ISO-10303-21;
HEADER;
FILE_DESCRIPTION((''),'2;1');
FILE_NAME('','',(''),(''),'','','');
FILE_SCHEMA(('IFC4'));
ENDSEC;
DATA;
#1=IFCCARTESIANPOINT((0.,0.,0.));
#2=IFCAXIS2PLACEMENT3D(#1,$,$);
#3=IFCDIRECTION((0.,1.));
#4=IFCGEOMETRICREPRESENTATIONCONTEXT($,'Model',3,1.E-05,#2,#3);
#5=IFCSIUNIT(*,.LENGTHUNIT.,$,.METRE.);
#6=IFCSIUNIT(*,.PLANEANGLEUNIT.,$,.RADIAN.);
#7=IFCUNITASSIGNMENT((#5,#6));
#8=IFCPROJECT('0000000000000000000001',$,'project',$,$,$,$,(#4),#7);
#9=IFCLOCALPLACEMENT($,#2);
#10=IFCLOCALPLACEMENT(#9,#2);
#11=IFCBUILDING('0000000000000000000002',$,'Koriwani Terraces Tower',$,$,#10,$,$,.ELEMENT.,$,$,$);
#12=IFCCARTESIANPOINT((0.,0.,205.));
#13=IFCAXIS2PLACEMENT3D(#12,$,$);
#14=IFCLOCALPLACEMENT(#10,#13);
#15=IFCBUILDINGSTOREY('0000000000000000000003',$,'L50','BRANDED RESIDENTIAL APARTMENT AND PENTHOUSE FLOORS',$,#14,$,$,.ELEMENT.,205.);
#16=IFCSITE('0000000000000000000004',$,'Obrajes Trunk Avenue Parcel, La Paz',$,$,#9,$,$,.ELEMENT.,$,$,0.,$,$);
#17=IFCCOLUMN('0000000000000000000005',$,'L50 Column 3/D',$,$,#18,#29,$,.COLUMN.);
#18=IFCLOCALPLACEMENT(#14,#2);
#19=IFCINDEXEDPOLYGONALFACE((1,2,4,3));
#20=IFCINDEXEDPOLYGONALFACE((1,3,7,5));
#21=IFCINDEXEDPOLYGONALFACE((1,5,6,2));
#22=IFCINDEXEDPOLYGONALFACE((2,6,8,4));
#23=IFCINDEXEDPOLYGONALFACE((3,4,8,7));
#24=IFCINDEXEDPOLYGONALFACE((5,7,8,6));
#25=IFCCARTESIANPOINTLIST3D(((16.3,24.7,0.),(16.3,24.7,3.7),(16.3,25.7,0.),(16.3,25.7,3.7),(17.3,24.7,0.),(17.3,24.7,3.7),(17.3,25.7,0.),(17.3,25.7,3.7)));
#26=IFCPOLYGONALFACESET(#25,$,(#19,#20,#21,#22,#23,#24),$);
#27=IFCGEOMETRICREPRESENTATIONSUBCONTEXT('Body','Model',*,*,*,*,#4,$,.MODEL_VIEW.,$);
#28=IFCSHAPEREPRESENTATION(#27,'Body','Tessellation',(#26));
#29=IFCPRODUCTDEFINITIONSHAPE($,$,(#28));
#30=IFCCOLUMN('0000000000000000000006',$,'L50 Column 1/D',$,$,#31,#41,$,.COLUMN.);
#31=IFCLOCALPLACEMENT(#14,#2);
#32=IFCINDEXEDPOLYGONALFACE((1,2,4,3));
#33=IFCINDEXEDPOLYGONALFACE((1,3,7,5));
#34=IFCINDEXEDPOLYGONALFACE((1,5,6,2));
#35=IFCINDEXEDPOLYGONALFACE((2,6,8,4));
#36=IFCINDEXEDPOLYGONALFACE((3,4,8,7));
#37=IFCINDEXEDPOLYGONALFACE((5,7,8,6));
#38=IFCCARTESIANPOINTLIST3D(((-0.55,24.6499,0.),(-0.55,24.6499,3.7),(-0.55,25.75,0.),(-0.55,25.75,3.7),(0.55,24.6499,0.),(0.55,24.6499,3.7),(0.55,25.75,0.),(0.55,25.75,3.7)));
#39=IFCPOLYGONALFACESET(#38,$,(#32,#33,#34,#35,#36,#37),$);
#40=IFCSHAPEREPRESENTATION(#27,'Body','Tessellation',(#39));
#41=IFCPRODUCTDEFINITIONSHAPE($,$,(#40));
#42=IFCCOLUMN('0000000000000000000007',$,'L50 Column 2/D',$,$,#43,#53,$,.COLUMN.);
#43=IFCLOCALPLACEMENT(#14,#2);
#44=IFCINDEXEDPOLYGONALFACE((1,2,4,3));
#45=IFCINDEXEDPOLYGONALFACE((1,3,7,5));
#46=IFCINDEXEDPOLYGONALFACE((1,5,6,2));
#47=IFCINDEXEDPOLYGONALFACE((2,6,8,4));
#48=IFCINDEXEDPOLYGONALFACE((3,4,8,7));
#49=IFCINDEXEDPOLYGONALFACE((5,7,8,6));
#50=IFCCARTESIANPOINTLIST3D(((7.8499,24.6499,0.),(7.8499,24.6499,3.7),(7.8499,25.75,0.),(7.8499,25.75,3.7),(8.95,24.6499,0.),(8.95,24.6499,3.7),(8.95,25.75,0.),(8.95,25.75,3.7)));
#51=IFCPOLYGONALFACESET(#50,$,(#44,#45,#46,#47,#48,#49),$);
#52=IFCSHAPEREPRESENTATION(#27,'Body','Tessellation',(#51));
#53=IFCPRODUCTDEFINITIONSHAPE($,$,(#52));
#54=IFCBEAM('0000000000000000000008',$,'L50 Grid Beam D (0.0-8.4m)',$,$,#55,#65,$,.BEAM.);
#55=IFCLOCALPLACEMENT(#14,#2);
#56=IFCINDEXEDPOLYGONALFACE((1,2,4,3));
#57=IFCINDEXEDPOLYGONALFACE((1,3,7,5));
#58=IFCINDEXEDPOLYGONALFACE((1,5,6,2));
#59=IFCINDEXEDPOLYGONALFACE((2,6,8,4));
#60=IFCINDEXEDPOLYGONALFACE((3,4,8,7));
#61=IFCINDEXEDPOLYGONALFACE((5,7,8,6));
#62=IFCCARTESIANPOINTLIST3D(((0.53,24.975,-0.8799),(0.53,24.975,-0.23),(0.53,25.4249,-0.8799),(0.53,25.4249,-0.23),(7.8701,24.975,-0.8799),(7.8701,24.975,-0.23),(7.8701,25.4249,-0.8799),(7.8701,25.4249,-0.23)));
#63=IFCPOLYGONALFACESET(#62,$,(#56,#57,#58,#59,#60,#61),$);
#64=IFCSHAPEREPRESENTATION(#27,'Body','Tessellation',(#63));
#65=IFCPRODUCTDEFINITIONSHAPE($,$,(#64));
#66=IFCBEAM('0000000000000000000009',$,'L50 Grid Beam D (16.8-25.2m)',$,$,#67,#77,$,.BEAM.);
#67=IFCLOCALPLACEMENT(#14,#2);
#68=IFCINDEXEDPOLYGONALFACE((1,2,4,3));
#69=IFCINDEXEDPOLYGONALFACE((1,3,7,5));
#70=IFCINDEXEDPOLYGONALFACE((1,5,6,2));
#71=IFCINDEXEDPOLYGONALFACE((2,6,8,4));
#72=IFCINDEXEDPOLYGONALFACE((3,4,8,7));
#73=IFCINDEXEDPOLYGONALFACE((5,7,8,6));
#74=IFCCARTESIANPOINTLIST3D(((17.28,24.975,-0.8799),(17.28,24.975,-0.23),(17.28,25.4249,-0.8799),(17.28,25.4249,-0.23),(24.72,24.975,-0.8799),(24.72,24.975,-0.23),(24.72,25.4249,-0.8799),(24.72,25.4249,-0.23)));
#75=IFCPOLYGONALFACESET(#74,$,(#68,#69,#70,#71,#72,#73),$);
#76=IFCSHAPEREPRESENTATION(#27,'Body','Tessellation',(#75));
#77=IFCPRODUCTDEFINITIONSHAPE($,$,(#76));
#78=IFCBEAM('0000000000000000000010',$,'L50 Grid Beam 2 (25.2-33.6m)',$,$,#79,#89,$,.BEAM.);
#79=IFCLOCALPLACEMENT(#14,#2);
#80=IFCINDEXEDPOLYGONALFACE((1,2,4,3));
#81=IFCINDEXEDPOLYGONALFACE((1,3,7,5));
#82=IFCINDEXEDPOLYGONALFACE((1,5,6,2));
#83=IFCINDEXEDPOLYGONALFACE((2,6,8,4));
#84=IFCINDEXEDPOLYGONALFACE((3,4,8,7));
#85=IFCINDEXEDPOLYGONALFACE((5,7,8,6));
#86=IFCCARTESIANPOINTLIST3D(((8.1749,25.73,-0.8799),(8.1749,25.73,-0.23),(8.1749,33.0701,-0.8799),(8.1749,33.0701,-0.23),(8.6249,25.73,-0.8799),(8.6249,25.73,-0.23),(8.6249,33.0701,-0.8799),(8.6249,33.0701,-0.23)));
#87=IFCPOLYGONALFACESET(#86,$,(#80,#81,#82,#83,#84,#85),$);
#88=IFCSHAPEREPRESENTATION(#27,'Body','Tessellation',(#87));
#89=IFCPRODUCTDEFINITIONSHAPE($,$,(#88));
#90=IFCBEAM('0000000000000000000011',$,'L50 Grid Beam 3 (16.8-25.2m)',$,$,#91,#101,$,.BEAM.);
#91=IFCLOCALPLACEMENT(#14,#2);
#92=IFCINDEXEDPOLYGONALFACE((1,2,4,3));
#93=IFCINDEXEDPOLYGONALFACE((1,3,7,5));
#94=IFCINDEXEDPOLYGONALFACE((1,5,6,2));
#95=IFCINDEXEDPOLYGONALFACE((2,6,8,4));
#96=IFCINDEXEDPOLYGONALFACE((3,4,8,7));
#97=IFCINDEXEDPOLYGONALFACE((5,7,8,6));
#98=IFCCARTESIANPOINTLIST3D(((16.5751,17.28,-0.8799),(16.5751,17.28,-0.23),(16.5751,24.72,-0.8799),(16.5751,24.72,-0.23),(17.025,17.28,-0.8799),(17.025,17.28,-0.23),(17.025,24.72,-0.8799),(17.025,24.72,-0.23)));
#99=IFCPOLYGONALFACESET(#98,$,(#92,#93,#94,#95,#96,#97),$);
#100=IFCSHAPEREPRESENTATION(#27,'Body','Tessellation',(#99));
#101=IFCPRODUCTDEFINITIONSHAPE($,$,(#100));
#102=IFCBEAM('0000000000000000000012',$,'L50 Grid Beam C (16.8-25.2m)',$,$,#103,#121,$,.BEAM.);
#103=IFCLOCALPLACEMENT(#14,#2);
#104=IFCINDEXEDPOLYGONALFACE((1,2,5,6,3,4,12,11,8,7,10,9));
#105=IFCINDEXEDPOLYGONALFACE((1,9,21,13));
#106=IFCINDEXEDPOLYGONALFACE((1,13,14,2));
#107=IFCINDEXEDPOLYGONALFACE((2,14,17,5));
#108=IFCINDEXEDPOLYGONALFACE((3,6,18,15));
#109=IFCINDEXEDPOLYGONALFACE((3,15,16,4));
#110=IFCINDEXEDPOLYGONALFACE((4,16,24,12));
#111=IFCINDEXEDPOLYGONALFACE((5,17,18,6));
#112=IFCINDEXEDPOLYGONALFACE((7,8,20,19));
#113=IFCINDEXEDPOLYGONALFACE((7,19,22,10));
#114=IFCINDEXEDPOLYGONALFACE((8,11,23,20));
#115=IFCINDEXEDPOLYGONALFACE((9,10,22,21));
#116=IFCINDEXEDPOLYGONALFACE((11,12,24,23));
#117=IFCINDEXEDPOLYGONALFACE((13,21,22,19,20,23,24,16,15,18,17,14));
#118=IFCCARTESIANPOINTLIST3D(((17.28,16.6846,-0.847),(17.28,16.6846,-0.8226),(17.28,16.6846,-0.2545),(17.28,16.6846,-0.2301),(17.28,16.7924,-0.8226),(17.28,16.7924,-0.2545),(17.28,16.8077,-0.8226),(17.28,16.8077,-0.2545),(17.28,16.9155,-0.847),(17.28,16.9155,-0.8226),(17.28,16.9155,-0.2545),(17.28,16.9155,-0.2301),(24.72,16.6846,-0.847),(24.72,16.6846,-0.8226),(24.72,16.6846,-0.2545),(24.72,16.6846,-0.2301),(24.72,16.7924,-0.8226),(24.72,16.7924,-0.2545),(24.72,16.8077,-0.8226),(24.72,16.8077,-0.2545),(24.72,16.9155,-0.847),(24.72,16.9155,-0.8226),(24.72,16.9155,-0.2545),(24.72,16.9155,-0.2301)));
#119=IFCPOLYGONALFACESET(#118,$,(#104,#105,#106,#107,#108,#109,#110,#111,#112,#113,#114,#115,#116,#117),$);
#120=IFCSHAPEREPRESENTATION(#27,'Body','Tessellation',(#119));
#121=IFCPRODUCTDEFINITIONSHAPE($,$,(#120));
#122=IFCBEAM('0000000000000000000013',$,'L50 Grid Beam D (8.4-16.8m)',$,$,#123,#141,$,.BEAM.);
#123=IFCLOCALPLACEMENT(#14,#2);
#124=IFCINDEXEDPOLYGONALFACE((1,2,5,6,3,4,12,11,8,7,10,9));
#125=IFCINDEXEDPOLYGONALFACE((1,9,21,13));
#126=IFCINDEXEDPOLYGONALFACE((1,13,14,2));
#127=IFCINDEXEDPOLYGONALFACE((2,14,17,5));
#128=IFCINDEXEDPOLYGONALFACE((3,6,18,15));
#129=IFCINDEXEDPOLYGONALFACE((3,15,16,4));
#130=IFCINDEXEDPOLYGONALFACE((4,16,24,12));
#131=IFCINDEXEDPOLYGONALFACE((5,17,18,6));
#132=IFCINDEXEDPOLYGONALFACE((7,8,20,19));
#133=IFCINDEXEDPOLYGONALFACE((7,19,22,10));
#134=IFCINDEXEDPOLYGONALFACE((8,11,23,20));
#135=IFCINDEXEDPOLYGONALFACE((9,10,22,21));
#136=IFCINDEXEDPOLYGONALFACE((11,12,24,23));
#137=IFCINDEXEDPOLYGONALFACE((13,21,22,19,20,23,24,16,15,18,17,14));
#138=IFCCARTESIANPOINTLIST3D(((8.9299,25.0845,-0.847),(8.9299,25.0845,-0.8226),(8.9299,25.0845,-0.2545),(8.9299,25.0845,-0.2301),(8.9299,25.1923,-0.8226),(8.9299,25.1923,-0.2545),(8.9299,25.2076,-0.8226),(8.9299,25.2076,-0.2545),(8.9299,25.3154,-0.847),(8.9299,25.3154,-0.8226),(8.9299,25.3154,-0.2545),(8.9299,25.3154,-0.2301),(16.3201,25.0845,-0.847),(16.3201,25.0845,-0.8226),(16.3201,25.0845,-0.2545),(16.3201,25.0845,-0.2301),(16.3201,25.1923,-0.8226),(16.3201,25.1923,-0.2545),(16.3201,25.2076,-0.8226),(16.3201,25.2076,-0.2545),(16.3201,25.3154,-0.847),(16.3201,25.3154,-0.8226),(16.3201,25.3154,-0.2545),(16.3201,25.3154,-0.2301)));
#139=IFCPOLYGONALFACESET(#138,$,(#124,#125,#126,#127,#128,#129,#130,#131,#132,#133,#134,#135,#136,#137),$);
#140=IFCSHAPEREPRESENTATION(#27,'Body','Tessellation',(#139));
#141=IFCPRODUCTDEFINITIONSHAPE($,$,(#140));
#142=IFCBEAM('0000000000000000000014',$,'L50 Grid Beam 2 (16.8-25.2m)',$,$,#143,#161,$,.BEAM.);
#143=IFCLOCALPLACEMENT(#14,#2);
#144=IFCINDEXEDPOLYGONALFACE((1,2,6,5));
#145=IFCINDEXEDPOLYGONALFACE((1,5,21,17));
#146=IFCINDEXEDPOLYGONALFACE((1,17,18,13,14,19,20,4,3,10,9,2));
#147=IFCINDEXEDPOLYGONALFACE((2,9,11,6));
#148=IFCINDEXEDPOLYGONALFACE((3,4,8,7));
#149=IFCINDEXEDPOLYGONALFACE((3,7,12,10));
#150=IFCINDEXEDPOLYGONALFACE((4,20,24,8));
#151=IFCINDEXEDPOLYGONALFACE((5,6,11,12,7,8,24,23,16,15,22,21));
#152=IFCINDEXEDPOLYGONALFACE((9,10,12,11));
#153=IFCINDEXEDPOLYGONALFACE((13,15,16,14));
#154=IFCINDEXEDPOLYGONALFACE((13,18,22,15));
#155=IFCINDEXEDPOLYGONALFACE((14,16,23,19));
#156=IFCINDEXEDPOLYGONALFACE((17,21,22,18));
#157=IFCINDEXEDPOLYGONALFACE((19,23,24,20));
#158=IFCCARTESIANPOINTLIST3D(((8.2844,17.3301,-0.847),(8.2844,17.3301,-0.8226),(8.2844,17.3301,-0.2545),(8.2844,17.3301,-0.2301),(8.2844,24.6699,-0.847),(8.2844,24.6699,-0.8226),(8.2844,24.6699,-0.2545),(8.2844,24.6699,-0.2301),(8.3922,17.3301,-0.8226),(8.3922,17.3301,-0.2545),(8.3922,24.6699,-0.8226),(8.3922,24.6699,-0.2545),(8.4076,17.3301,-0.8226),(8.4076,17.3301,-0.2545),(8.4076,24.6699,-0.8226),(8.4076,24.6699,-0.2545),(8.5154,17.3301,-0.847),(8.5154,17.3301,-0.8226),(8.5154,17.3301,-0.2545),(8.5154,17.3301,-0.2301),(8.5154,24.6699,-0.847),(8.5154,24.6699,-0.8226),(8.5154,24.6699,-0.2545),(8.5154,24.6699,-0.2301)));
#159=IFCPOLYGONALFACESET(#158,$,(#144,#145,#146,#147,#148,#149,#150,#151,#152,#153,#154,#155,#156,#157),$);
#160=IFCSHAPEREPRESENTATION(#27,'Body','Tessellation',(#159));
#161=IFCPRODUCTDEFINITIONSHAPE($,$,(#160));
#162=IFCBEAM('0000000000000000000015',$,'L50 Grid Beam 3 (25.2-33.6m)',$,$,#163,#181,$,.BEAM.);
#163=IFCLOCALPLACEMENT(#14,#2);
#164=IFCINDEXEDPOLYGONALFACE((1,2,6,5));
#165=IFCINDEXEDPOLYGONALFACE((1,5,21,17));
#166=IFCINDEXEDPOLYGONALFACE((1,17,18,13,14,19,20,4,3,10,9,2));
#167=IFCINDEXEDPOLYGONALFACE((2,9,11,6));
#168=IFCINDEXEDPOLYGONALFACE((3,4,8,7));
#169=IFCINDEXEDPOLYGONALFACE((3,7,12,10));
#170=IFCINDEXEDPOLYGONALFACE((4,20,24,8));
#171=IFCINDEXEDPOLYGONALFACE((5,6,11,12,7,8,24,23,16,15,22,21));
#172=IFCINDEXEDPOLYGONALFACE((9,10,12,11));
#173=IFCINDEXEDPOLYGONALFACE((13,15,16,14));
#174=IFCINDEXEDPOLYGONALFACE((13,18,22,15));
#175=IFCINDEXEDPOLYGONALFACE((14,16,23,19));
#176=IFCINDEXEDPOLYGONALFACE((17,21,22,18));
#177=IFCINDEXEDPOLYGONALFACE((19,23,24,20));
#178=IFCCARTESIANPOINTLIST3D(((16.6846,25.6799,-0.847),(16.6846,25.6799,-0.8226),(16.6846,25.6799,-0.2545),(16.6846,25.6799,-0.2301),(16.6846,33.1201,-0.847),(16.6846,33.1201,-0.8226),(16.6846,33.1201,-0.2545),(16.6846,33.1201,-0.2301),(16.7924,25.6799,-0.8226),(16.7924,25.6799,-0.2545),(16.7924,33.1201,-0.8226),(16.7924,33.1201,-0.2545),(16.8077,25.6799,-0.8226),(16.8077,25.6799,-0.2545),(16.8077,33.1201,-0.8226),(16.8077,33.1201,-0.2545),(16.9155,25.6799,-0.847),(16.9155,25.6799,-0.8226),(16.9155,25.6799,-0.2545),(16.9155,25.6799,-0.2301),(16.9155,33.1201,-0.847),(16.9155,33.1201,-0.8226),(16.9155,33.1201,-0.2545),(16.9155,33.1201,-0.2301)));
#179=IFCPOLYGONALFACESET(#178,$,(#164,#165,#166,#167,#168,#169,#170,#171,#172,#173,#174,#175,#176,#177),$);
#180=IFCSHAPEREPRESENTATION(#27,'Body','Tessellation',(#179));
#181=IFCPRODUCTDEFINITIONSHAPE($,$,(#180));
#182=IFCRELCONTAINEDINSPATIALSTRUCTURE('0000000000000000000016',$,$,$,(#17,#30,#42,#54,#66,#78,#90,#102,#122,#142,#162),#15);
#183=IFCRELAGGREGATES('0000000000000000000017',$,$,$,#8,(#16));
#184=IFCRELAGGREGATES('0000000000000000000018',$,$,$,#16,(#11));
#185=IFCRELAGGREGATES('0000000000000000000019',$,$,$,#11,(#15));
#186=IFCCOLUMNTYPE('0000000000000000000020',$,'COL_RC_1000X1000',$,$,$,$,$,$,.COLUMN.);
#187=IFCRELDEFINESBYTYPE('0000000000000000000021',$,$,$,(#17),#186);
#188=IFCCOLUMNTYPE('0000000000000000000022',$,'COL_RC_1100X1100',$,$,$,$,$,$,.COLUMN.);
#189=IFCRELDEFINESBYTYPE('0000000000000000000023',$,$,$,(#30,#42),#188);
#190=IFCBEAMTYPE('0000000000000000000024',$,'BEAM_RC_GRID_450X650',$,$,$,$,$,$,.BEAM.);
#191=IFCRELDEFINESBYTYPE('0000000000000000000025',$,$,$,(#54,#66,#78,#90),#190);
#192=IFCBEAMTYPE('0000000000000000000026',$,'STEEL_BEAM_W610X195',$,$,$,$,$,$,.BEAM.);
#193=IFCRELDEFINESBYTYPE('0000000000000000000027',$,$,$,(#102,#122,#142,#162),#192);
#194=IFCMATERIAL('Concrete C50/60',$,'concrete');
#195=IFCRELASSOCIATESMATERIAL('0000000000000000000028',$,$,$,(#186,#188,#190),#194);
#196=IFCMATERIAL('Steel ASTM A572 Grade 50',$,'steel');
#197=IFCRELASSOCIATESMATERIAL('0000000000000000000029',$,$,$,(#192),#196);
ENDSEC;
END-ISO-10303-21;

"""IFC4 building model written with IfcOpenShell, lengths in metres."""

from ifc_helpers import new_model, si_unit, direction, frame, origin, origin_2d, place, context, subcontext, project, spatial, rectangle, i_section, extrude, material, material_profile, profile_set, type_object, element, save


model = new_model("IFC4")

# Units and contexts
model_context = context("Model", 3, precision=1e-05, world=origin(), true_north=direction((0.0, 1.0)))
body_context = subcontext(model_context, "Body", "Model", "MODEL_VIEW")
ifc_project = project(units=[si_unit("LENGTHUNIT", "METRE"), si_unit("PLANEANGLEUNIT", "RADIAN")], contexts=[model_context])

# Site, building, storey
site_placement = place(None, origin())
site = spatial("IfcSite", under=ifc_project, at=site_placement, Name="Obrajes Trunk Avenue Parcel, La Paz", CompositionType="ELEMENT", RefElevation=0.0)
building_placement = place(site_placement, origin())
building = spatial("IfcBuilding", under=site, at=building_placement, Name="Koriwani Terraces Tower", CompositionType="ELEMENT")
storey_placement = place(building_placement, frame((0.0, 0.0, 205.0)))
storey = spatial("IfcBuildingStorey", under=building, at=storey_placement, Name="L50", Description="BRANDED RESIDENTIAL APARTMENT AND PENTHOUSE FLOORS", CompositionType="ELEMENT", Elevation=205.0)

# Columns
ifc_material_1 = material(Name="Concrete C50/60", Category="concrete")
ifc_material_profile_1 = material_profile(ifc_material_1, rectangle(XDim=1.0, YDim=1.0, at=origin_2d()), Name="Concrete C50/60", Category="LoadBearing")
ifc_profile_set_1 = profile_set([ifc_material_profile_1], Name="Concrete C50/60")
column_type_1 = type_object("IfcColumnType", Name="COL_RC_1000X1000", PredefinedType="COLUMN", material=ifc_profile_set_1)
column_placement = place(storey_placement, frame((16.8, 25.2, 0.0), z_axis=(0.0, 0.0, 1.0), x_axis=(1.0, 0.0, 0.0)))
element("IfcColumn", 1, at=column_placement, inside=storey, type_object=column_type_1, Name="L50 Column 3/D", PredefinedType="COLUMN", context=body_context, shape_type="SweptSolid", body=[
    extrude(rectangle(XDim=1.0, YDim=1.0, at=origin_2d()), origin(), (0.0, 0.0, 1.0), 3.7),
])
ifc_material_profile_2 = material_profile(ifc_material_1, rectangle(XDim=1.1001, YDim=1.1001, at=origin_2d()), Name="Concrete C50/60", Category="LoadBearing")
ifc_profile_set_2 = profile_set([ifc_material_profile_2], Name="Concrete C50/60")
column_type_2 = type_object("IfcColumnType", Name="COL_RC_1100X1100", PredefinedType="COLUMN", material=ifc_profile_set_2)
for number, where, z_axis, x_axis, name in (
    (2, (0.0, 25.2, 0.0), (0.0, 0.0, 1.0), (1.0, 0.0, 0.0), "L50 Column 1/D"),
    (3, (8.3999, 25.2, 0.0), (0.0, 0.0, 1.0), (1.0, 0.0, 0.0), "L50 Column 2/D"),
):
    element("IfcColumn", number, at=place(storey_placement, frame(where, z_axis=z_axis, x_axis=x_axis)), inside=storey, type_object=column_type_2, Name=name, PredefinedType="COLUMN", context=body_context, shape_type="SweptSolid", body=[
        extrude(rectangle(XDim=1.1001, YDim=1.1001, at=origin_2d()), origin(), (0.0, 0.0, 1.0), 3.7),
    ])

# Beams
ifc_material_profile_3 = material_profile(ifc_material_1, rectangle(XDim=0.45, YDim=0.6499, at=origin_2d()), Name="Concrete C50/60", Category="LoadBearing")
ifc_profile_set_3 = profile_set([ifc_material_profile_3], Name="Concrete C50/60")
beam_type_1 = type_object("IfcBeamType", Name="BEAM_RC_GRID_450X650", PredefinedType="BEAM", material=ifc_profile_set_3)
beam_1_placement = place(storey_placement, frame((0.53, 25.2, -0.5549), z_axis=(1.0, 0.0, 0.0), x_axis=(0.0, 1.0, 0.0)))
element("IfcBeam", 4, at=beam_1_placement, inside=storey, type_object=beam_type_1, Name="L50 Grid Beam D (0.0-8.4m)", PredefinedType="BEAM", context=body_context, shape_type="SweptSolid", body=[
    extrude(rectangle(XDim=0.45, YDim=0.6499, at=origin_2d()), origin(), (0.0, 0.0, 1.0), 7.3401),
])
beam_2_placement = place(storey_placement, frame((17.28, 25.2, -0.5549), z_axis=(1.0, 0.0, 0.0), x_axis=(0.0, 1.0, 0.0)))
element("IfcBeam", 5, at=beam_2_placement, inside=storey, type_object=beam_type_1, Name="L50 Grid Beam D (16.8-25.2m)", PredefinedType="BEAM", context=body_context, shape_type="SweptSolid", body=[
    extrude(rectangle(XDim=0.45, YDim=0.6499, at=origin_2d()), origin(), (0.0, 0.0, 1.0), 7.4399),
])
beam_3_placement = place(storey_placement, frame((8.3999, 25.73, -0.5549), z_axis=(0.0, 1.0, 0.0), x_axis=(-1.0, 0.0, 0.0)))
element("IfcBeam", 6, at=beam_3_placement, inside=storey, type_object=beam_type_1, Name="L50 Grid Beam 2 (25.2-33.6m)", PredefinedType="BEAM", context=body_context, shape_type="SweptSolid", body=[
    extrude(rectangle(XDim=0.45, YDim=0.6499, at=origin_2d()), origin(), (0.0, 0.0, 1.0), 7.3401),
])
beam_4_placement = place(storey_placement, frame((16.8, 17.28, -0.5549), z_axis=(0.0, 1.0, 0.0), x_axis=(-1.0, 0.0, 0.0)))
element("IfcBeam", 7, at=beam_4_placement, inside=storey, type_object=beam_type_1, Name="L50 Grid Beam 3 (16.8-25.2m)", PredefinedType="BEAM", context=body_context, shape_type="SweptSolid", body=[
    extrude(rectangle(XDim=0.45, YDim=0.6499, at=origin_2d()), origin(), (0.0, 0.0, 1.0), 7.4399),
])
ifc_material_2 = material(Name="Steel ASTM A572 Grade 50", Category="steel")
ifc_material_profile_4 = material_profile(ifc_material_2, i_section(OverallWidth=0.231, OverallDepth=0.6169, WebThickness=0.0154, FlangeThickness=0.0244, at=origin_2d()), Name="Steel ASTM A572 Grade 50", Category="LoadBearing")
ifc_profile_set_4 = profile_set([ifc_material_profile_4], Name="Steel ASTM A572 Grade 50")
beam_type_2 = type_object("IfcBeamType", Name="STEEL_BEAM_W610X195", PredefinedType="BEAM", material=ifc_profile_set_4)
beam_5_placement = place(storey_placement, frame((17.28, 16.8, -0.5386), z_axis=(1.0, 0.0, 0.0), x_axis=(0.0, 1.0, 0.0)))
element("IfcBeam", 8, at=beam_5_placement, inside=storey, type_object=beam_type_2, Name="L50 Grid Beam C (16.8-25.2m)", PredefinedType="BEAM", context=body_context, shape_type="SweptSolid", body=[
    extrude(i_section(OverallWidth=0.231, OverallDepth=0.6169, WebThickness=0.0154, FlangeThickness=0.0244, at=origin_2d()), origin(), (0.0, 0.0, 1.0), 7.4399),
])
beam_6_placement = place(storey_placement, frame((8.9299, 25.2, -0.5386), z_axis=(1.0, 0.0, 0.0), x_axis=(0.0, 1.0, 0.0)))
element("IfcBeam", 9, at=beam_6_placement, inside=storey, type_object=beam_type_2, Name="L50 Grid Beam D (8.4-16.8m)", PredefinedType="BEAM", context=body_context, shape_type="SweptSolid", body=[
    extrude(i_section(OverallWidth=0.231, OverallDepth=0.6169, WebThickness=0.0154, FlangeThickness=0.0244, at=origin_2d()), origin(), (0.0, 0.0, 1.0), 7.3901),
])
beam_7_placement = place(storey_placement, frame((8.3999, 17.3301, -0.5386), z_axis=(0.0, 1.0, 0.0), x_axis=(-1.0, 0.0, 0.0)))
element("IfcBeam", 10, at=beam_7_placement, inside=storey, type_object=beam_type_2, Name="L50 Grid Beam 2 (16.8-25.2m)", PredefinedType="BEAM", context=body_context, shape_type="SweptSolid", body=[
    extrude(i_section(OverallWidth=0.231, OverallDepth=0.6169, WebThickness=0.0154, FlangeThickness=0.0244, at=origin_2d()), origin(), (0.0, 0.0, 1.0), 7.3398),
])
beam_8_placement = place(storey_placement, frame((16.8, 25.6799, -0.5386), z_axis=(0.0, 1.0, 0.0), x_axis=(-1.0, 0.0, 0.0)))
element("IfcBeam", 11, at=beam_8_placement, inside=storey, type_object=beam_type_2, Name="L50 Grid Beam 3 (25.2-33.6m)", PredefinedType="BEAM", context=body_context, shape_type="SweptSolid", body=[
    extrude(i_section(OverallWidth=0.231, OverallDepth=0.6169, WebThickness=0.0154, FlangeThickness=0.0244, at=origin_2d()), origin(), (0.0, 0.0, 1.0), 7.4402),
])

save(model, "model.ifc")
